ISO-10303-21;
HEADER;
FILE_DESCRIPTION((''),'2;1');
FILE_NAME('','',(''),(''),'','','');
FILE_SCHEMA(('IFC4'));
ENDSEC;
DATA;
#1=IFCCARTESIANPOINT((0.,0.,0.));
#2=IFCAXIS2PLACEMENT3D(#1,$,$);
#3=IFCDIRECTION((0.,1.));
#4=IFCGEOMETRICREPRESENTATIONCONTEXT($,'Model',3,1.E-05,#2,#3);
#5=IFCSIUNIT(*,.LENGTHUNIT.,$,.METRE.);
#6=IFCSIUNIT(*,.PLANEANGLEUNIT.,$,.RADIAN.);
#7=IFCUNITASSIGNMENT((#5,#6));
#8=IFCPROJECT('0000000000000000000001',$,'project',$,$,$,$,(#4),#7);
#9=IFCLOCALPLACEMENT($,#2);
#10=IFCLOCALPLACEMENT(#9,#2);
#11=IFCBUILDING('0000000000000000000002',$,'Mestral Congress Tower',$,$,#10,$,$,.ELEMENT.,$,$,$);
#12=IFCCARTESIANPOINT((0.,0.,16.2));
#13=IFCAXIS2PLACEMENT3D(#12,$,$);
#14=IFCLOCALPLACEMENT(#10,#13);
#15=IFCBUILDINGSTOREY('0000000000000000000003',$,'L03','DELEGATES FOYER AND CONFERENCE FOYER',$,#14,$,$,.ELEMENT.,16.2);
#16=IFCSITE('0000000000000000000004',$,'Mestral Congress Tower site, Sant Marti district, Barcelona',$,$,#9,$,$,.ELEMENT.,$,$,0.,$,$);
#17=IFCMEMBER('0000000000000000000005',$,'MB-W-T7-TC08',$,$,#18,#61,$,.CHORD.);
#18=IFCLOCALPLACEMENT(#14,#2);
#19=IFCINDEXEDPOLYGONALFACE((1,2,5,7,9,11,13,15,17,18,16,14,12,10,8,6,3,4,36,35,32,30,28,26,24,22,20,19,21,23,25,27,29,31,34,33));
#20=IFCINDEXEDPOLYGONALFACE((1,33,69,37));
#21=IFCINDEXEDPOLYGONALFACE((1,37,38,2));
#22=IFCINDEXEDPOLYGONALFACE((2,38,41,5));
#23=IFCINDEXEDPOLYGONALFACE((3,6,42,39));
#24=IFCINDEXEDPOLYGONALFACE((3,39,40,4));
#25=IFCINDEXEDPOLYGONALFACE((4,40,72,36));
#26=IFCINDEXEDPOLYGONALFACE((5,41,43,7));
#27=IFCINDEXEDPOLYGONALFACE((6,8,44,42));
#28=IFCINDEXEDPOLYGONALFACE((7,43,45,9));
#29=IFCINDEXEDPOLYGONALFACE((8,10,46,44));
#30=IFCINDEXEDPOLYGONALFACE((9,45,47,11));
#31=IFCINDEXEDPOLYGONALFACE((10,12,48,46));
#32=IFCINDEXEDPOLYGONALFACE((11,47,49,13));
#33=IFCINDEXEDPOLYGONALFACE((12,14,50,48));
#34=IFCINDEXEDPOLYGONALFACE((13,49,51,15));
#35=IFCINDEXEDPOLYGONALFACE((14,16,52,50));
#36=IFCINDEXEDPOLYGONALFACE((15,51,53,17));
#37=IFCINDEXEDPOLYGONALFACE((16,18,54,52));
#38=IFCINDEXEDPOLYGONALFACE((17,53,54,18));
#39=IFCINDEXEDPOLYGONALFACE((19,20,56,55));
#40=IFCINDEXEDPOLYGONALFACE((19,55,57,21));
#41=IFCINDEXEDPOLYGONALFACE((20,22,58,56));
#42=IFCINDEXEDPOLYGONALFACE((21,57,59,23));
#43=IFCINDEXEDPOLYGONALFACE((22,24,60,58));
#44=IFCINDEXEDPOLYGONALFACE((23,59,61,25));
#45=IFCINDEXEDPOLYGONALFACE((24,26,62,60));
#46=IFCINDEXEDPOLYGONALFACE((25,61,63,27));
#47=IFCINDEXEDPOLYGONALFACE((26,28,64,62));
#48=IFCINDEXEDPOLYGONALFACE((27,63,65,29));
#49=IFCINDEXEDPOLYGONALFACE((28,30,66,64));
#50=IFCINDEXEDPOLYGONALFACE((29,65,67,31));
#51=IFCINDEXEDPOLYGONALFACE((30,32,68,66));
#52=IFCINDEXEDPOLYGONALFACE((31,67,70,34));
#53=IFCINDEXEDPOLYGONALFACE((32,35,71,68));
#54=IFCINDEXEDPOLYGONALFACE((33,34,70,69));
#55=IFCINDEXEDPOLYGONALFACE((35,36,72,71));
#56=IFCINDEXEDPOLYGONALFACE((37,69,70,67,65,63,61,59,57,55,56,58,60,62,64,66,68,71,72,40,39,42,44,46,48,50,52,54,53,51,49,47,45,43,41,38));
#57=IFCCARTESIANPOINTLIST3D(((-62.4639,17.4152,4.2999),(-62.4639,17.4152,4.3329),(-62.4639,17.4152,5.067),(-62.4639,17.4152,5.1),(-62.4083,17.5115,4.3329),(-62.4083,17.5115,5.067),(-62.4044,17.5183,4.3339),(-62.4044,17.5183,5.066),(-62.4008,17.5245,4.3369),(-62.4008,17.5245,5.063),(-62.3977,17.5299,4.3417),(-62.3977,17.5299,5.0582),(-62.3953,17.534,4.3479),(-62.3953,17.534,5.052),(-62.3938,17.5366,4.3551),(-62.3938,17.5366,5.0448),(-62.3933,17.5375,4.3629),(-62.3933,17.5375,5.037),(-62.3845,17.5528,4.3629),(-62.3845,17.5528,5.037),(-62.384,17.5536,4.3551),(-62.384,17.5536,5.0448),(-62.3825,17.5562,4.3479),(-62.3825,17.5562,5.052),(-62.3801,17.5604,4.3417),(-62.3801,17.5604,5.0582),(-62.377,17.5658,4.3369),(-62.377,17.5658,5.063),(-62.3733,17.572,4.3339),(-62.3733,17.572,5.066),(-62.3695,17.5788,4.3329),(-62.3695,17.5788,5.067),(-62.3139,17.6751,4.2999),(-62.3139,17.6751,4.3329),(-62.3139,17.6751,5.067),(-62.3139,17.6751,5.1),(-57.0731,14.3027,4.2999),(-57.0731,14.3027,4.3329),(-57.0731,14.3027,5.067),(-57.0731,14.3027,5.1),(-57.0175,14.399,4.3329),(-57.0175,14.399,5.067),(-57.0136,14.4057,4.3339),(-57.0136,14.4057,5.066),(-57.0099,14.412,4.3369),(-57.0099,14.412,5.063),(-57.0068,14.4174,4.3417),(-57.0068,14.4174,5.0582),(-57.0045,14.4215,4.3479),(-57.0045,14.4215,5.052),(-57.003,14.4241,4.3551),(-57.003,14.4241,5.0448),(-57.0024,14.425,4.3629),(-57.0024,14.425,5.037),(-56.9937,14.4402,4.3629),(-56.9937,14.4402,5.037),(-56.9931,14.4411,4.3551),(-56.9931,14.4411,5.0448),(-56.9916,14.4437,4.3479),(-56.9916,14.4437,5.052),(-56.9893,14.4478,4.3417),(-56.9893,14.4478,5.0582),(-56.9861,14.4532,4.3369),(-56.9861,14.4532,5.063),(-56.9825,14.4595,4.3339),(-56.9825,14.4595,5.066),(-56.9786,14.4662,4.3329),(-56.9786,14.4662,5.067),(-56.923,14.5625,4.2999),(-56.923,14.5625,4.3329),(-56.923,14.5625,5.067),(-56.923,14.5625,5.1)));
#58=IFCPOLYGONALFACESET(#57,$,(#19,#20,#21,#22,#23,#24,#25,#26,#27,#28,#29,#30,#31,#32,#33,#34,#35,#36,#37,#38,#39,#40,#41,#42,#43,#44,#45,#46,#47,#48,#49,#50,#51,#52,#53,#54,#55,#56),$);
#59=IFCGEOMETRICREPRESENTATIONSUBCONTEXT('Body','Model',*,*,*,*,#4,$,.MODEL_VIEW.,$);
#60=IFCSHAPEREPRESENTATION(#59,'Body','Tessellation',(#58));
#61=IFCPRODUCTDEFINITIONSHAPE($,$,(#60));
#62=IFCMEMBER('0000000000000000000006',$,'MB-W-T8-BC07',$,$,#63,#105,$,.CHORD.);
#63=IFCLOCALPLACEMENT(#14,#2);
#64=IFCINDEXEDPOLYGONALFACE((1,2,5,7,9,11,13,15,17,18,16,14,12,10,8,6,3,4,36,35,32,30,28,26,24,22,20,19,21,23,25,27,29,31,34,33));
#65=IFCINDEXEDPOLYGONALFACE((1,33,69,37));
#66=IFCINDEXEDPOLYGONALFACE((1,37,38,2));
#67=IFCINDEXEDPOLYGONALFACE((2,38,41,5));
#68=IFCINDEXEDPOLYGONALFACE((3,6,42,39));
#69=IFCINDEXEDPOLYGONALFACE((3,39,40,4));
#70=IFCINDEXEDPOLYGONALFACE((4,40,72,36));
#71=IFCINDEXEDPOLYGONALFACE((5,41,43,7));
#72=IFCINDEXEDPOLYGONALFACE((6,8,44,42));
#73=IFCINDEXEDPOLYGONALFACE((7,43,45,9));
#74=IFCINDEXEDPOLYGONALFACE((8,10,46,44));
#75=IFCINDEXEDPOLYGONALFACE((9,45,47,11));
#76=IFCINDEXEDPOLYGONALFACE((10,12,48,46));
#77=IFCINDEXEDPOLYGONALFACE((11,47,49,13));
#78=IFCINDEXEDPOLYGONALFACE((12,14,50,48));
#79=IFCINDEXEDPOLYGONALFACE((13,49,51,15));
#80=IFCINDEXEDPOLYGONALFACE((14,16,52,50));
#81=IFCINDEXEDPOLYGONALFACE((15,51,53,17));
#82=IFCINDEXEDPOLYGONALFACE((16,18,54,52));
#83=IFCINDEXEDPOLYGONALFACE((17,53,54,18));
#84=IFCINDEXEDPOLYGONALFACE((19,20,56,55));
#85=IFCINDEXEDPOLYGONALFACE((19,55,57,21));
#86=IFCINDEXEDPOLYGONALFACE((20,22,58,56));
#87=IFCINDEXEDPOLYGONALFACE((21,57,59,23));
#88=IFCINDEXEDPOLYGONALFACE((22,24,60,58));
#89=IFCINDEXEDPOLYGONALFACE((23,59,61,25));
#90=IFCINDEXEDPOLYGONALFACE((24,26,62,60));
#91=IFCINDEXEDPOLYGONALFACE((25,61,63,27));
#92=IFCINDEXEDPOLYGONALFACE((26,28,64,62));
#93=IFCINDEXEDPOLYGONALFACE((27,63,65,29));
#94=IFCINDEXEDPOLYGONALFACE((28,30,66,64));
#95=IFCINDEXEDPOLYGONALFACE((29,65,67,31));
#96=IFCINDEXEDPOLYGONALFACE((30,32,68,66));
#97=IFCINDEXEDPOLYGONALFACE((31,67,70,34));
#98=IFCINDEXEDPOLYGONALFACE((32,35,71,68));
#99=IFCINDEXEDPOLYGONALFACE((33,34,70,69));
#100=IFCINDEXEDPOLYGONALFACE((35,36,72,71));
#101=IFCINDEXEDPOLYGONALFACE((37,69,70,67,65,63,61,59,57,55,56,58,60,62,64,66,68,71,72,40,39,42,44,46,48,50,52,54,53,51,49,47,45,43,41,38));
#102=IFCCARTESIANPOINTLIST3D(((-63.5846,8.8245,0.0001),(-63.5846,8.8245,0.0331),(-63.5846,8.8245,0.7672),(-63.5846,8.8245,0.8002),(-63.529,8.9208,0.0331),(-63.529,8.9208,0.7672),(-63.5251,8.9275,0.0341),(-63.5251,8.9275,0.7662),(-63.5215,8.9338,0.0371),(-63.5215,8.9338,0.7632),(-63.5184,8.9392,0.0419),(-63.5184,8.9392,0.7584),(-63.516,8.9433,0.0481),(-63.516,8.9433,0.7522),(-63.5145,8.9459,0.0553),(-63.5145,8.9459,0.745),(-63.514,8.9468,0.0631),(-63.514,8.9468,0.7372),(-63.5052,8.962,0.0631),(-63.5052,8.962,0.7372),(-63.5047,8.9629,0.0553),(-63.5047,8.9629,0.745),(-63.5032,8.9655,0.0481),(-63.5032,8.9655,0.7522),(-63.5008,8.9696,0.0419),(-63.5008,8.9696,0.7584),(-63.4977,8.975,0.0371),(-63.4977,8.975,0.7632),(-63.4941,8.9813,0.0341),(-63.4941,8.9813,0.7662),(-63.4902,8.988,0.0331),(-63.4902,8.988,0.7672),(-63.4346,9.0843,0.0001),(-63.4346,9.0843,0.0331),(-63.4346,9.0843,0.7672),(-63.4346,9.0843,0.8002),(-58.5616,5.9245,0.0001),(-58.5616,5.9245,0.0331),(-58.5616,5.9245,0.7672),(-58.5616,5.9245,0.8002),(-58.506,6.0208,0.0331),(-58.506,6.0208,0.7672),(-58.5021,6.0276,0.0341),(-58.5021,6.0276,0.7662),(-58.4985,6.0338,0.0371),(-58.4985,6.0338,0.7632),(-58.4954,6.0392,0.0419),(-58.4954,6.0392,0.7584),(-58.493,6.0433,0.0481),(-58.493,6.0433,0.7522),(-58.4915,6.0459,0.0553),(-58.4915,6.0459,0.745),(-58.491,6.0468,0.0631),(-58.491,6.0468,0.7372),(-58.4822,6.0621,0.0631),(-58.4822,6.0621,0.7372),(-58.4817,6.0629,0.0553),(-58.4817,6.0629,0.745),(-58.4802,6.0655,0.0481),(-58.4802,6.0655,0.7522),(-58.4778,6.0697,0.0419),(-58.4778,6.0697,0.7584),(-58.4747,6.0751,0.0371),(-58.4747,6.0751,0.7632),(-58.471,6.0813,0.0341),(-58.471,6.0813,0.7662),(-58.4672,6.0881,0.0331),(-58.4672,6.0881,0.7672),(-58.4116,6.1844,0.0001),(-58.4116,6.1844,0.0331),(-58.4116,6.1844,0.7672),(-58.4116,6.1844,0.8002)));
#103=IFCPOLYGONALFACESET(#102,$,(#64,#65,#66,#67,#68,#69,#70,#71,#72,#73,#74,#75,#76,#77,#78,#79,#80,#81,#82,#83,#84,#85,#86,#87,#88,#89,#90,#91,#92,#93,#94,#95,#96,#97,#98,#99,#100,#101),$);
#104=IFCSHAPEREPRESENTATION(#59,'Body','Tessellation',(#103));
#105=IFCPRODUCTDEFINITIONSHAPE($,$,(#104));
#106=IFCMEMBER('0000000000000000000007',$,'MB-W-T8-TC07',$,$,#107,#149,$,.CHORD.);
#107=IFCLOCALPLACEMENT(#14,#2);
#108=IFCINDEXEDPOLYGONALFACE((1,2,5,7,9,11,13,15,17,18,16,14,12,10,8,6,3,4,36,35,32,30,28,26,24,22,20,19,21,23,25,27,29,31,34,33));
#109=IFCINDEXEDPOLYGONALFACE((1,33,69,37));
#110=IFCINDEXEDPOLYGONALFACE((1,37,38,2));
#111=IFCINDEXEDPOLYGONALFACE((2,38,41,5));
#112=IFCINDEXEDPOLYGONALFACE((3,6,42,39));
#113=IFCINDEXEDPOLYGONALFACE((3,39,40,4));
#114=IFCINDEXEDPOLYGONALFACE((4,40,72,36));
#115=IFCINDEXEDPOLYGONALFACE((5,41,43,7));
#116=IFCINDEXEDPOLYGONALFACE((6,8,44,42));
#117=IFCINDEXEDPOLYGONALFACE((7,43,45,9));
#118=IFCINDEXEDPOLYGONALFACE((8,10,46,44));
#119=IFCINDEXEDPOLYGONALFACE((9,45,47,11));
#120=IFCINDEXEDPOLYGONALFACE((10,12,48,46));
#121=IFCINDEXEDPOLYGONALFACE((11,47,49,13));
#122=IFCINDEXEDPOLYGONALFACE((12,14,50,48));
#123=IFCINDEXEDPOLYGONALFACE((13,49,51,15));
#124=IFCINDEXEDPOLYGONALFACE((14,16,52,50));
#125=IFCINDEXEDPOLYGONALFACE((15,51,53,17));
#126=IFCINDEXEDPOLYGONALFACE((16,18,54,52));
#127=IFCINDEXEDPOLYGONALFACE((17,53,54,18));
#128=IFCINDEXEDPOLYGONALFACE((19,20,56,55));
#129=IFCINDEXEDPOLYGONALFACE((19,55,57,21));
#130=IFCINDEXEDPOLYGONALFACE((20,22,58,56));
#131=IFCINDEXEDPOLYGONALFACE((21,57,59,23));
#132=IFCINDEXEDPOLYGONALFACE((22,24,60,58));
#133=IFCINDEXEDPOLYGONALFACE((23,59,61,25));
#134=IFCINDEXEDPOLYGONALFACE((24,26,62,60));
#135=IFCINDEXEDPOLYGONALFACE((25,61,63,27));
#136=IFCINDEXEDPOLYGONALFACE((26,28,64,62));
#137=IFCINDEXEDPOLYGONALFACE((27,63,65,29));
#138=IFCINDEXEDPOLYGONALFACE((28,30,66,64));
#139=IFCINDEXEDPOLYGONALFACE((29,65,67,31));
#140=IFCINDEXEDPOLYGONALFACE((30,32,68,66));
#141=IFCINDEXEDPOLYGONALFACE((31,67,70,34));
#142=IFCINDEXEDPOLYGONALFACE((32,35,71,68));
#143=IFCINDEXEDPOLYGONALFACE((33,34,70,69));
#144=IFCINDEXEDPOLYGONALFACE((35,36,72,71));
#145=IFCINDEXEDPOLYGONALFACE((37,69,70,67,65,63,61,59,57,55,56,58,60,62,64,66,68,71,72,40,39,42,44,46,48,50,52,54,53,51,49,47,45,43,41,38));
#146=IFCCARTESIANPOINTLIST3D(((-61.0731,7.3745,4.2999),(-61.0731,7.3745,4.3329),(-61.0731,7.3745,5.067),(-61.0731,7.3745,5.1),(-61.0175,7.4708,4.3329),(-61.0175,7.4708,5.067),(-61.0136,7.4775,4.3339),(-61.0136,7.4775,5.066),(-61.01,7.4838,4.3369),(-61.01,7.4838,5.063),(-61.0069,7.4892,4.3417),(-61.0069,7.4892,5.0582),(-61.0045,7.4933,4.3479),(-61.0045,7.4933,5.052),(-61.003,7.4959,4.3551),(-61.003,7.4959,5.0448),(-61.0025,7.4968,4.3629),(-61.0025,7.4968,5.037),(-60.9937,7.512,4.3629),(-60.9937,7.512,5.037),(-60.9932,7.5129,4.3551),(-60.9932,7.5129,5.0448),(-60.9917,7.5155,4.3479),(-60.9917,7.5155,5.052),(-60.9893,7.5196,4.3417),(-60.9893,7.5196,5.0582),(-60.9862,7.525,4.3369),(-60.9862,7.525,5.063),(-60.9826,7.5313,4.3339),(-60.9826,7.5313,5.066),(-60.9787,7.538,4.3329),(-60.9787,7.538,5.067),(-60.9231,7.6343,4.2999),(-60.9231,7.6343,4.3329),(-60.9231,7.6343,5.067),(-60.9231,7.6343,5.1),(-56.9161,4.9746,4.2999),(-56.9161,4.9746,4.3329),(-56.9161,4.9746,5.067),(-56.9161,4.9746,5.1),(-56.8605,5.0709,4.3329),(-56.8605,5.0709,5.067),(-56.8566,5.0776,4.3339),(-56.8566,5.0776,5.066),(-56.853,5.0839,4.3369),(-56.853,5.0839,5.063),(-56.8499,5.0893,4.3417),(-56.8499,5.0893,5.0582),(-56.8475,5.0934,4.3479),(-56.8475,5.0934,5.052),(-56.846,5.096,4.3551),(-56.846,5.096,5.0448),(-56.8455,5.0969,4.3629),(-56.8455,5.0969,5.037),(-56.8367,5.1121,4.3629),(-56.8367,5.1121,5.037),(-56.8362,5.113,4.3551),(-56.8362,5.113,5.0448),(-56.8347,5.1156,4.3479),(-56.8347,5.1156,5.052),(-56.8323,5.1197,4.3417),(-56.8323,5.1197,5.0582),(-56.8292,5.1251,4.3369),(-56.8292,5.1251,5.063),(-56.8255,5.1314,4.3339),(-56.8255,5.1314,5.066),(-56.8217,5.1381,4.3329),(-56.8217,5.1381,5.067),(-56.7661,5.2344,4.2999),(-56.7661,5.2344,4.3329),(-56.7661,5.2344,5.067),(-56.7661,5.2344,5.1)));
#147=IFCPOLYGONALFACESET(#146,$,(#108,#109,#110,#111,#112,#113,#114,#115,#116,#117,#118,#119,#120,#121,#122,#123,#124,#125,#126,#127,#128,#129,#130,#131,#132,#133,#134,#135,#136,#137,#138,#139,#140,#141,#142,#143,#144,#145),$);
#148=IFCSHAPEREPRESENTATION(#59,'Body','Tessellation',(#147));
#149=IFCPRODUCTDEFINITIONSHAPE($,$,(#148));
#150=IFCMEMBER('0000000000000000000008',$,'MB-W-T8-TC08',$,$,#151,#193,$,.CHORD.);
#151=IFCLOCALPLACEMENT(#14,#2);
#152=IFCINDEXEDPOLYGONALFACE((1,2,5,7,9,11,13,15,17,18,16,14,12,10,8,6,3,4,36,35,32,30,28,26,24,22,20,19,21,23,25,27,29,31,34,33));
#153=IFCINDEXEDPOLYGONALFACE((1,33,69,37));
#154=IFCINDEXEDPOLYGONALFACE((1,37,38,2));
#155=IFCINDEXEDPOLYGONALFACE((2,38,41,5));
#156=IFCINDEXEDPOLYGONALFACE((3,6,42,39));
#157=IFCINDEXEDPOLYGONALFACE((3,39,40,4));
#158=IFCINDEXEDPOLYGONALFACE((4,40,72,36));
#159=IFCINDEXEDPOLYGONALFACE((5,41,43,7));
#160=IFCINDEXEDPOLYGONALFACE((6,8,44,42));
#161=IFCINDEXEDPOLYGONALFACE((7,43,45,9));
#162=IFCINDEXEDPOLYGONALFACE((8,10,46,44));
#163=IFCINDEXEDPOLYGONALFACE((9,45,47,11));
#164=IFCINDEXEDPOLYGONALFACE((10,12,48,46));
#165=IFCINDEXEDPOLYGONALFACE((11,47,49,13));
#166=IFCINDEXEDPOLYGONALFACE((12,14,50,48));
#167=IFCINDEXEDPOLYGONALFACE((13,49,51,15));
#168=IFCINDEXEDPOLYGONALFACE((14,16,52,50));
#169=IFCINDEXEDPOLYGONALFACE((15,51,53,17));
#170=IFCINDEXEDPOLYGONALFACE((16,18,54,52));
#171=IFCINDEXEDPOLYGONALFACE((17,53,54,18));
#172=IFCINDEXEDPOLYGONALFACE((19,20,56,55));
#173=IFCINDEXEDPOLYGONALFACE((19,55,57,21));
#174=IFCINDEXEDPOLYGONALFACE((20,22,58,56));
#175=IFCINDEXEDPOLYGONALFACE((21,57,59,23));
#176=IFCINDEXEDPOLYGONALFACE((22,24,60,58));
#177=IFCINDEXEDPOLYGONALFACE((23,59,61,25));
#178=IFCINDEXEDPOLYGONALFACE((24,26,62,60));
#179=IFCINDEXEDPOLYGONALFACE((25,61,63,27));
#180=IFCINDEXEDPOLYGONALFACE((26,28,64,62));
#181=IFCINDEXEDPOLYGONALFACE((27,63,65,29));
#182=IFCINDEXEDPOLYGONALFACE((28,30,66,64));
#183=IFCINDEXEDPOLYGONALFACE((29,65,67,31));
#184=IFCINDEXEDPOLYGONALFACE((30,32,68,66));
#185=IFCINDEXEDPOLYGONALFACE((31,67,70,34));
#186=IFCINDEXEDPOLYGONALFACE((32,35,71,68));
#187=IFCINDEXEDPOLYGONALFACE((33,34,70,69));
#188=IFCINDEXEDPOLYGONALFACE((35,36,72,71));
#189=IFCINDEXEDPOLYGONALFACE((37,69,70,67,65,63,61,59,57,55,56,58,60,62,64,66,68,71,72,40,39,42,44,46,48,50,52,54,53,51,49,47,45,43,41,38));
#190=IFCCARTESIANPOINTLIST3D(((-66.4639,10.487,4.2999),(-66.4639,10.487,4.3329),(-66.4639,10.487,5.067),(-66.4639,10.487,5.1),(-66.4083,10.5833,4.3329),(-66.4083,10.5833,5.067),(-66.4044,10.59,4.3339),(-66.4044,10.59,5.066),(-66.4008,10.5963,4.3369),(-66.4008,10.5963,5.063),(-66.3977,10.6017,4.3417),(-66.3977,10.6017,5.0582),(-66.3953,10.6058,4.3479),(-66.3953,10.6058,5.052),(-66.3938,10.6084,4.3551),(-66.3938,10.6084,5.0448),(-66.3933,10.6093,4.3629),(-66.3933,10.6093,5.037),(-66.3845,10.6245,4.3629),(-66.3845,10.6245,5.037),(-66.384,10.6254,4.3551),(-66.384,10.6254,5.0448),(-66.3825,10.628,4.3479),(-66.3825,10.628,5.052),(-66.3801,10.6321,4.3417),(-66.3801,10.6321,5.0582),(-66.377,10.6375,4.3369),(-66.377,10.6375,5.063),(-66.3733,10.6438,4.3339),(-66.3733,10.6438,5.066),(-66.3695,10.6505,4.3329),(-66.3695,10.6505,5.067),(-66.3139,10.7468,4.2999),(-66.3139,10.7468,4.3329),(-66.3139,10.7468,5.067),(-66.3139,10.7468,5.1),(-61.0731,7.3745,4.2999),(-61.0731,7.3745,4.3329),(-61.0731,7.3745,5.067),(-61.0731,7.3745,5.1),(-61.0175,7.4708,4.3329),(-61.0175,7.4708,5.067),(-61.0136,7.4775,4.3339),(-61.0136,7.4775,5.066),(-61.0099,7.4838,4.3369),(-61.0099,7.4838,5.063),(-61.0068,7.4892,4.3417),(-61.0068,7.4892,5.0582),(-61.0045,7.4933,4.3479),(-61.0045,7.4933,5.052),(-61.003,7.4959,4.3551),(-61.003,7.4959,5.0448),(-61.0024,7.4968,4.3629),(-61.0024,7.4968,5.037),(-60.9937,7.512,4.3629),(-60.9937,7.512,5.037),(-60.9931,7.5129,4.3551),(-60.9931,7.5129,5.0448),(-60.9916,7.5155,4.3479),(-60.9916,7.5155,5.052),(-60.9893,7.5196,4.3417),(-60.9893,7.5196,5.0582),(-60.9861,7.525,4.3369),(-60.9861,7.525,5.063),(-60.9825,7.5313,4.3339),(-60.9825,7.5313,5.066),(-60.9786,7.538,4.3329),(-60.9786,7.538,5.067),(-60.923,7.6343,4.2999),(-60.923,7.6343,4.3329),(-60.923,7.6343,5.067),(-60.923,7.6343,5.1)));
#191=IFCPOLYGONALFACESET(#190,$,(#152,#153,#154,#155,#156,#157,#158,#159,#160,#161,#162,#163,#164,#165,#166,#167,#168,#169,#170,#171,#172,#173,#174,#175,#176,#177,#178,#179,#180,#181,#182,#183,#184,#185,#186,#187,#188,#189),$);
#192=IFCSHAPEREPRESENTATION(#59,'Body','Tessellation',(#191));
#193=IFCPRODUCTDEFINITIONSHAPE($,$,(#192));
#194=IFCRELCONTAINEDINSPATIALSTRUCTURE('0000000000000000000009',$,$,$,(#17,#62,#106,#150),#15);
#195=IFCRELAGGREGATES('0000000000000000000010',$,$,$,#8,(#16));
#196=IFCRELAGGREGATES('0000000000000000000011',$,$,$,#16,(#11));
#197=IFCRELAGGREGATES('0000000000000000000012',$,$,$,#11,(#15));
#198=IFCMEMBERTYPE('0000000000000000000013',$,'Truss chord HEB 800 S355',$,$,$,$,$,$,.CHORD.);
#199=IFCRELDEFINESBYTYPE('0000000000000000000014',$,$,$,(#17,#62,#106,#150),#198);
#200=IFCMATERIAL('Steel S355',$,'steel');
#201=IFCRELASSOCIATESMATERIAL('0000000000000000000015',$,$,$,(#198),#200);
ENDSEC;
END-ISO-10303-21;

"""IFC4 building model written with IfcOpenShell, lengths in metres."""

from ifc_helpers import new_model, si_unit, direction, frame, origin, origin_2d, place, context, subcontext, project, spatial, i_section, extrude, material, material_profile, profile_set, type_object, element, save


model = new_model("IFC4")

# Units and contexts
model_context = context("Model", 3, precision=1e-05, world=origin(), true_north=direction((0.0, 1.0)))
body_context = subcontext(model_context, "Body", "Model", "MODEL_VIEW")
ifc_project = project(units=[si_unit("LENGTHUNIT", "METRE"), si_unit("PLANEANGLEUNIT", "RADIAN")], contexts=[model_context])

# Site, building, storey
site_placement = place(None, origin())
site = spatial("IfcSite", under=ifc_project, at=site_placement, Name="Mestral Congress Tower site, Sant Marti district, Barcelona", CompositionType="ELEMENT", RefElevation=0.0)
building_placement = place(site_placement, origin())
building = spatial("IfcBuilding", under=site, at=building_placement, Name="Mestral Congress Tower", CompositionType="ELEMENT")
storey_placement = place(building_placement, frame((0.0, 0.0, 16.2)))
storey = spatial("IfcBuildingStorey", under=building, at=storey_placement, Name="L03", Description="DELEGATES FOYER AND CONFERENCE FOYER", CompositionType="ELEMENT", Elevation=16.2)

# Members
ifc_material = material(Name="Steel S355", Category="steel")
ifc_material_profile_1 = material_profile(ifc_material, i_section(OverallWidth=0.3, OverallDepth=0.8, WebThickness=0.0176, FlangeThickness=0.033, FilletRadius=0.03, at=origin_2d()), Name="HEB 800")
ifc_profile_set_1 = profile_set([ifc_material_profile_1], Name="Steel S355")
member_type_1 = type_object("IfcMemberType", Name="Truss chord HEB 800 S355", PredefinedType="CHORD", material=ifc_profile_set_1)
member_1_placement = place(storey_placement, frame((-56.998, 14.4326, 4.7), z_axis=(-0.866016, 0.500016, 0.0), x_axis=(-0.500016, -0.866016, 0.0)))
element("IfcMember", 1, at=member_1_placement, inside=storey, type_object=member_type_1, Name="MB-W-T7-TC08", PredefinedType="CHORD", context=body_context, shape_type="SweptSolid", body=[
    extrude(i_section(OverallWidth=0.3, OverallDepth=0.8, WebThickness=0.0176, FlangeThickness=0.033, FilletRadius=0.03, at=origin_2d()), origin(), (0.0, 0.0, 1.0), 6.2249),
])
member_2_placement = place(storey_placement, frame((-58.4866, 6.0544, 0.4001), z_axis=(-0.866033, 0.499987, 0.0), x_axis=(-0.499987, -0.866033, 0.0)))
element("IfcMember", 2, at=member_2_placement, inside=storey, type_object=member_type_1, Name="MB-W-T8-BC07", PredefinedType="CHORD", context=body_context, shape_type="SweptSolid", body=[
    extrude(i_section(OverallWidth=0.3, OverallDepth=0.8, WebThickness=0.0176, FlangeThickness=0.033, FilletRadius=0.03, at=origin_2d()), origin(), (0.0, 0.0, 1.0), 5.8),
])
member_3_placement = place(storey_placement, frame((-56.8411, 5.1045, 4.7), z_axis=(-0.866037, 0.499979, 0.0), x_axis=(-0.499979, -0.866037, 0.0)))
element("IfcMember", 3, at=member_3_placement, inside=storey, type_object=member_type_1, Name="MB-W-T8-TC07", PredefinedType="CHORD", context=body_context, shape_type="SweptSolid", body=[
    extrude(i_section(OverallWidth=0.3, OverallDepth=0.8, WebThickness=0.0176, FlangeThickness=0.033, FilletRadius=0.03, at=origin_2d()), origin(), (0.0, 0.0, 1.0), 4.8),
])
member_4_placement = place(storey_placement, frame((-60.998, 7.5044, 4.7), z_axis=(-0.866016, 0.500016, 0.0), x_axis=(-0.500016, -0.866016, 0.0)))
element("IfcMember", 4, at=member_4_placement, inside=storey, type_object=member_type_1, Name="MB-W-T8-TC08", PredefinedType="CHORD", context=body_context, shape_type="SweptSolid", body=[
    extrude(i_section(OverallWidth=0.3, OverallDepth=0.8, WebThickness=0.0176, FlangeThickness=0.033, FilletRadius=0.03, at=origin_2d()), origin(), (0.0, 0.0, 1.0), 6.2249),
])

save(model, "model.ifc")
